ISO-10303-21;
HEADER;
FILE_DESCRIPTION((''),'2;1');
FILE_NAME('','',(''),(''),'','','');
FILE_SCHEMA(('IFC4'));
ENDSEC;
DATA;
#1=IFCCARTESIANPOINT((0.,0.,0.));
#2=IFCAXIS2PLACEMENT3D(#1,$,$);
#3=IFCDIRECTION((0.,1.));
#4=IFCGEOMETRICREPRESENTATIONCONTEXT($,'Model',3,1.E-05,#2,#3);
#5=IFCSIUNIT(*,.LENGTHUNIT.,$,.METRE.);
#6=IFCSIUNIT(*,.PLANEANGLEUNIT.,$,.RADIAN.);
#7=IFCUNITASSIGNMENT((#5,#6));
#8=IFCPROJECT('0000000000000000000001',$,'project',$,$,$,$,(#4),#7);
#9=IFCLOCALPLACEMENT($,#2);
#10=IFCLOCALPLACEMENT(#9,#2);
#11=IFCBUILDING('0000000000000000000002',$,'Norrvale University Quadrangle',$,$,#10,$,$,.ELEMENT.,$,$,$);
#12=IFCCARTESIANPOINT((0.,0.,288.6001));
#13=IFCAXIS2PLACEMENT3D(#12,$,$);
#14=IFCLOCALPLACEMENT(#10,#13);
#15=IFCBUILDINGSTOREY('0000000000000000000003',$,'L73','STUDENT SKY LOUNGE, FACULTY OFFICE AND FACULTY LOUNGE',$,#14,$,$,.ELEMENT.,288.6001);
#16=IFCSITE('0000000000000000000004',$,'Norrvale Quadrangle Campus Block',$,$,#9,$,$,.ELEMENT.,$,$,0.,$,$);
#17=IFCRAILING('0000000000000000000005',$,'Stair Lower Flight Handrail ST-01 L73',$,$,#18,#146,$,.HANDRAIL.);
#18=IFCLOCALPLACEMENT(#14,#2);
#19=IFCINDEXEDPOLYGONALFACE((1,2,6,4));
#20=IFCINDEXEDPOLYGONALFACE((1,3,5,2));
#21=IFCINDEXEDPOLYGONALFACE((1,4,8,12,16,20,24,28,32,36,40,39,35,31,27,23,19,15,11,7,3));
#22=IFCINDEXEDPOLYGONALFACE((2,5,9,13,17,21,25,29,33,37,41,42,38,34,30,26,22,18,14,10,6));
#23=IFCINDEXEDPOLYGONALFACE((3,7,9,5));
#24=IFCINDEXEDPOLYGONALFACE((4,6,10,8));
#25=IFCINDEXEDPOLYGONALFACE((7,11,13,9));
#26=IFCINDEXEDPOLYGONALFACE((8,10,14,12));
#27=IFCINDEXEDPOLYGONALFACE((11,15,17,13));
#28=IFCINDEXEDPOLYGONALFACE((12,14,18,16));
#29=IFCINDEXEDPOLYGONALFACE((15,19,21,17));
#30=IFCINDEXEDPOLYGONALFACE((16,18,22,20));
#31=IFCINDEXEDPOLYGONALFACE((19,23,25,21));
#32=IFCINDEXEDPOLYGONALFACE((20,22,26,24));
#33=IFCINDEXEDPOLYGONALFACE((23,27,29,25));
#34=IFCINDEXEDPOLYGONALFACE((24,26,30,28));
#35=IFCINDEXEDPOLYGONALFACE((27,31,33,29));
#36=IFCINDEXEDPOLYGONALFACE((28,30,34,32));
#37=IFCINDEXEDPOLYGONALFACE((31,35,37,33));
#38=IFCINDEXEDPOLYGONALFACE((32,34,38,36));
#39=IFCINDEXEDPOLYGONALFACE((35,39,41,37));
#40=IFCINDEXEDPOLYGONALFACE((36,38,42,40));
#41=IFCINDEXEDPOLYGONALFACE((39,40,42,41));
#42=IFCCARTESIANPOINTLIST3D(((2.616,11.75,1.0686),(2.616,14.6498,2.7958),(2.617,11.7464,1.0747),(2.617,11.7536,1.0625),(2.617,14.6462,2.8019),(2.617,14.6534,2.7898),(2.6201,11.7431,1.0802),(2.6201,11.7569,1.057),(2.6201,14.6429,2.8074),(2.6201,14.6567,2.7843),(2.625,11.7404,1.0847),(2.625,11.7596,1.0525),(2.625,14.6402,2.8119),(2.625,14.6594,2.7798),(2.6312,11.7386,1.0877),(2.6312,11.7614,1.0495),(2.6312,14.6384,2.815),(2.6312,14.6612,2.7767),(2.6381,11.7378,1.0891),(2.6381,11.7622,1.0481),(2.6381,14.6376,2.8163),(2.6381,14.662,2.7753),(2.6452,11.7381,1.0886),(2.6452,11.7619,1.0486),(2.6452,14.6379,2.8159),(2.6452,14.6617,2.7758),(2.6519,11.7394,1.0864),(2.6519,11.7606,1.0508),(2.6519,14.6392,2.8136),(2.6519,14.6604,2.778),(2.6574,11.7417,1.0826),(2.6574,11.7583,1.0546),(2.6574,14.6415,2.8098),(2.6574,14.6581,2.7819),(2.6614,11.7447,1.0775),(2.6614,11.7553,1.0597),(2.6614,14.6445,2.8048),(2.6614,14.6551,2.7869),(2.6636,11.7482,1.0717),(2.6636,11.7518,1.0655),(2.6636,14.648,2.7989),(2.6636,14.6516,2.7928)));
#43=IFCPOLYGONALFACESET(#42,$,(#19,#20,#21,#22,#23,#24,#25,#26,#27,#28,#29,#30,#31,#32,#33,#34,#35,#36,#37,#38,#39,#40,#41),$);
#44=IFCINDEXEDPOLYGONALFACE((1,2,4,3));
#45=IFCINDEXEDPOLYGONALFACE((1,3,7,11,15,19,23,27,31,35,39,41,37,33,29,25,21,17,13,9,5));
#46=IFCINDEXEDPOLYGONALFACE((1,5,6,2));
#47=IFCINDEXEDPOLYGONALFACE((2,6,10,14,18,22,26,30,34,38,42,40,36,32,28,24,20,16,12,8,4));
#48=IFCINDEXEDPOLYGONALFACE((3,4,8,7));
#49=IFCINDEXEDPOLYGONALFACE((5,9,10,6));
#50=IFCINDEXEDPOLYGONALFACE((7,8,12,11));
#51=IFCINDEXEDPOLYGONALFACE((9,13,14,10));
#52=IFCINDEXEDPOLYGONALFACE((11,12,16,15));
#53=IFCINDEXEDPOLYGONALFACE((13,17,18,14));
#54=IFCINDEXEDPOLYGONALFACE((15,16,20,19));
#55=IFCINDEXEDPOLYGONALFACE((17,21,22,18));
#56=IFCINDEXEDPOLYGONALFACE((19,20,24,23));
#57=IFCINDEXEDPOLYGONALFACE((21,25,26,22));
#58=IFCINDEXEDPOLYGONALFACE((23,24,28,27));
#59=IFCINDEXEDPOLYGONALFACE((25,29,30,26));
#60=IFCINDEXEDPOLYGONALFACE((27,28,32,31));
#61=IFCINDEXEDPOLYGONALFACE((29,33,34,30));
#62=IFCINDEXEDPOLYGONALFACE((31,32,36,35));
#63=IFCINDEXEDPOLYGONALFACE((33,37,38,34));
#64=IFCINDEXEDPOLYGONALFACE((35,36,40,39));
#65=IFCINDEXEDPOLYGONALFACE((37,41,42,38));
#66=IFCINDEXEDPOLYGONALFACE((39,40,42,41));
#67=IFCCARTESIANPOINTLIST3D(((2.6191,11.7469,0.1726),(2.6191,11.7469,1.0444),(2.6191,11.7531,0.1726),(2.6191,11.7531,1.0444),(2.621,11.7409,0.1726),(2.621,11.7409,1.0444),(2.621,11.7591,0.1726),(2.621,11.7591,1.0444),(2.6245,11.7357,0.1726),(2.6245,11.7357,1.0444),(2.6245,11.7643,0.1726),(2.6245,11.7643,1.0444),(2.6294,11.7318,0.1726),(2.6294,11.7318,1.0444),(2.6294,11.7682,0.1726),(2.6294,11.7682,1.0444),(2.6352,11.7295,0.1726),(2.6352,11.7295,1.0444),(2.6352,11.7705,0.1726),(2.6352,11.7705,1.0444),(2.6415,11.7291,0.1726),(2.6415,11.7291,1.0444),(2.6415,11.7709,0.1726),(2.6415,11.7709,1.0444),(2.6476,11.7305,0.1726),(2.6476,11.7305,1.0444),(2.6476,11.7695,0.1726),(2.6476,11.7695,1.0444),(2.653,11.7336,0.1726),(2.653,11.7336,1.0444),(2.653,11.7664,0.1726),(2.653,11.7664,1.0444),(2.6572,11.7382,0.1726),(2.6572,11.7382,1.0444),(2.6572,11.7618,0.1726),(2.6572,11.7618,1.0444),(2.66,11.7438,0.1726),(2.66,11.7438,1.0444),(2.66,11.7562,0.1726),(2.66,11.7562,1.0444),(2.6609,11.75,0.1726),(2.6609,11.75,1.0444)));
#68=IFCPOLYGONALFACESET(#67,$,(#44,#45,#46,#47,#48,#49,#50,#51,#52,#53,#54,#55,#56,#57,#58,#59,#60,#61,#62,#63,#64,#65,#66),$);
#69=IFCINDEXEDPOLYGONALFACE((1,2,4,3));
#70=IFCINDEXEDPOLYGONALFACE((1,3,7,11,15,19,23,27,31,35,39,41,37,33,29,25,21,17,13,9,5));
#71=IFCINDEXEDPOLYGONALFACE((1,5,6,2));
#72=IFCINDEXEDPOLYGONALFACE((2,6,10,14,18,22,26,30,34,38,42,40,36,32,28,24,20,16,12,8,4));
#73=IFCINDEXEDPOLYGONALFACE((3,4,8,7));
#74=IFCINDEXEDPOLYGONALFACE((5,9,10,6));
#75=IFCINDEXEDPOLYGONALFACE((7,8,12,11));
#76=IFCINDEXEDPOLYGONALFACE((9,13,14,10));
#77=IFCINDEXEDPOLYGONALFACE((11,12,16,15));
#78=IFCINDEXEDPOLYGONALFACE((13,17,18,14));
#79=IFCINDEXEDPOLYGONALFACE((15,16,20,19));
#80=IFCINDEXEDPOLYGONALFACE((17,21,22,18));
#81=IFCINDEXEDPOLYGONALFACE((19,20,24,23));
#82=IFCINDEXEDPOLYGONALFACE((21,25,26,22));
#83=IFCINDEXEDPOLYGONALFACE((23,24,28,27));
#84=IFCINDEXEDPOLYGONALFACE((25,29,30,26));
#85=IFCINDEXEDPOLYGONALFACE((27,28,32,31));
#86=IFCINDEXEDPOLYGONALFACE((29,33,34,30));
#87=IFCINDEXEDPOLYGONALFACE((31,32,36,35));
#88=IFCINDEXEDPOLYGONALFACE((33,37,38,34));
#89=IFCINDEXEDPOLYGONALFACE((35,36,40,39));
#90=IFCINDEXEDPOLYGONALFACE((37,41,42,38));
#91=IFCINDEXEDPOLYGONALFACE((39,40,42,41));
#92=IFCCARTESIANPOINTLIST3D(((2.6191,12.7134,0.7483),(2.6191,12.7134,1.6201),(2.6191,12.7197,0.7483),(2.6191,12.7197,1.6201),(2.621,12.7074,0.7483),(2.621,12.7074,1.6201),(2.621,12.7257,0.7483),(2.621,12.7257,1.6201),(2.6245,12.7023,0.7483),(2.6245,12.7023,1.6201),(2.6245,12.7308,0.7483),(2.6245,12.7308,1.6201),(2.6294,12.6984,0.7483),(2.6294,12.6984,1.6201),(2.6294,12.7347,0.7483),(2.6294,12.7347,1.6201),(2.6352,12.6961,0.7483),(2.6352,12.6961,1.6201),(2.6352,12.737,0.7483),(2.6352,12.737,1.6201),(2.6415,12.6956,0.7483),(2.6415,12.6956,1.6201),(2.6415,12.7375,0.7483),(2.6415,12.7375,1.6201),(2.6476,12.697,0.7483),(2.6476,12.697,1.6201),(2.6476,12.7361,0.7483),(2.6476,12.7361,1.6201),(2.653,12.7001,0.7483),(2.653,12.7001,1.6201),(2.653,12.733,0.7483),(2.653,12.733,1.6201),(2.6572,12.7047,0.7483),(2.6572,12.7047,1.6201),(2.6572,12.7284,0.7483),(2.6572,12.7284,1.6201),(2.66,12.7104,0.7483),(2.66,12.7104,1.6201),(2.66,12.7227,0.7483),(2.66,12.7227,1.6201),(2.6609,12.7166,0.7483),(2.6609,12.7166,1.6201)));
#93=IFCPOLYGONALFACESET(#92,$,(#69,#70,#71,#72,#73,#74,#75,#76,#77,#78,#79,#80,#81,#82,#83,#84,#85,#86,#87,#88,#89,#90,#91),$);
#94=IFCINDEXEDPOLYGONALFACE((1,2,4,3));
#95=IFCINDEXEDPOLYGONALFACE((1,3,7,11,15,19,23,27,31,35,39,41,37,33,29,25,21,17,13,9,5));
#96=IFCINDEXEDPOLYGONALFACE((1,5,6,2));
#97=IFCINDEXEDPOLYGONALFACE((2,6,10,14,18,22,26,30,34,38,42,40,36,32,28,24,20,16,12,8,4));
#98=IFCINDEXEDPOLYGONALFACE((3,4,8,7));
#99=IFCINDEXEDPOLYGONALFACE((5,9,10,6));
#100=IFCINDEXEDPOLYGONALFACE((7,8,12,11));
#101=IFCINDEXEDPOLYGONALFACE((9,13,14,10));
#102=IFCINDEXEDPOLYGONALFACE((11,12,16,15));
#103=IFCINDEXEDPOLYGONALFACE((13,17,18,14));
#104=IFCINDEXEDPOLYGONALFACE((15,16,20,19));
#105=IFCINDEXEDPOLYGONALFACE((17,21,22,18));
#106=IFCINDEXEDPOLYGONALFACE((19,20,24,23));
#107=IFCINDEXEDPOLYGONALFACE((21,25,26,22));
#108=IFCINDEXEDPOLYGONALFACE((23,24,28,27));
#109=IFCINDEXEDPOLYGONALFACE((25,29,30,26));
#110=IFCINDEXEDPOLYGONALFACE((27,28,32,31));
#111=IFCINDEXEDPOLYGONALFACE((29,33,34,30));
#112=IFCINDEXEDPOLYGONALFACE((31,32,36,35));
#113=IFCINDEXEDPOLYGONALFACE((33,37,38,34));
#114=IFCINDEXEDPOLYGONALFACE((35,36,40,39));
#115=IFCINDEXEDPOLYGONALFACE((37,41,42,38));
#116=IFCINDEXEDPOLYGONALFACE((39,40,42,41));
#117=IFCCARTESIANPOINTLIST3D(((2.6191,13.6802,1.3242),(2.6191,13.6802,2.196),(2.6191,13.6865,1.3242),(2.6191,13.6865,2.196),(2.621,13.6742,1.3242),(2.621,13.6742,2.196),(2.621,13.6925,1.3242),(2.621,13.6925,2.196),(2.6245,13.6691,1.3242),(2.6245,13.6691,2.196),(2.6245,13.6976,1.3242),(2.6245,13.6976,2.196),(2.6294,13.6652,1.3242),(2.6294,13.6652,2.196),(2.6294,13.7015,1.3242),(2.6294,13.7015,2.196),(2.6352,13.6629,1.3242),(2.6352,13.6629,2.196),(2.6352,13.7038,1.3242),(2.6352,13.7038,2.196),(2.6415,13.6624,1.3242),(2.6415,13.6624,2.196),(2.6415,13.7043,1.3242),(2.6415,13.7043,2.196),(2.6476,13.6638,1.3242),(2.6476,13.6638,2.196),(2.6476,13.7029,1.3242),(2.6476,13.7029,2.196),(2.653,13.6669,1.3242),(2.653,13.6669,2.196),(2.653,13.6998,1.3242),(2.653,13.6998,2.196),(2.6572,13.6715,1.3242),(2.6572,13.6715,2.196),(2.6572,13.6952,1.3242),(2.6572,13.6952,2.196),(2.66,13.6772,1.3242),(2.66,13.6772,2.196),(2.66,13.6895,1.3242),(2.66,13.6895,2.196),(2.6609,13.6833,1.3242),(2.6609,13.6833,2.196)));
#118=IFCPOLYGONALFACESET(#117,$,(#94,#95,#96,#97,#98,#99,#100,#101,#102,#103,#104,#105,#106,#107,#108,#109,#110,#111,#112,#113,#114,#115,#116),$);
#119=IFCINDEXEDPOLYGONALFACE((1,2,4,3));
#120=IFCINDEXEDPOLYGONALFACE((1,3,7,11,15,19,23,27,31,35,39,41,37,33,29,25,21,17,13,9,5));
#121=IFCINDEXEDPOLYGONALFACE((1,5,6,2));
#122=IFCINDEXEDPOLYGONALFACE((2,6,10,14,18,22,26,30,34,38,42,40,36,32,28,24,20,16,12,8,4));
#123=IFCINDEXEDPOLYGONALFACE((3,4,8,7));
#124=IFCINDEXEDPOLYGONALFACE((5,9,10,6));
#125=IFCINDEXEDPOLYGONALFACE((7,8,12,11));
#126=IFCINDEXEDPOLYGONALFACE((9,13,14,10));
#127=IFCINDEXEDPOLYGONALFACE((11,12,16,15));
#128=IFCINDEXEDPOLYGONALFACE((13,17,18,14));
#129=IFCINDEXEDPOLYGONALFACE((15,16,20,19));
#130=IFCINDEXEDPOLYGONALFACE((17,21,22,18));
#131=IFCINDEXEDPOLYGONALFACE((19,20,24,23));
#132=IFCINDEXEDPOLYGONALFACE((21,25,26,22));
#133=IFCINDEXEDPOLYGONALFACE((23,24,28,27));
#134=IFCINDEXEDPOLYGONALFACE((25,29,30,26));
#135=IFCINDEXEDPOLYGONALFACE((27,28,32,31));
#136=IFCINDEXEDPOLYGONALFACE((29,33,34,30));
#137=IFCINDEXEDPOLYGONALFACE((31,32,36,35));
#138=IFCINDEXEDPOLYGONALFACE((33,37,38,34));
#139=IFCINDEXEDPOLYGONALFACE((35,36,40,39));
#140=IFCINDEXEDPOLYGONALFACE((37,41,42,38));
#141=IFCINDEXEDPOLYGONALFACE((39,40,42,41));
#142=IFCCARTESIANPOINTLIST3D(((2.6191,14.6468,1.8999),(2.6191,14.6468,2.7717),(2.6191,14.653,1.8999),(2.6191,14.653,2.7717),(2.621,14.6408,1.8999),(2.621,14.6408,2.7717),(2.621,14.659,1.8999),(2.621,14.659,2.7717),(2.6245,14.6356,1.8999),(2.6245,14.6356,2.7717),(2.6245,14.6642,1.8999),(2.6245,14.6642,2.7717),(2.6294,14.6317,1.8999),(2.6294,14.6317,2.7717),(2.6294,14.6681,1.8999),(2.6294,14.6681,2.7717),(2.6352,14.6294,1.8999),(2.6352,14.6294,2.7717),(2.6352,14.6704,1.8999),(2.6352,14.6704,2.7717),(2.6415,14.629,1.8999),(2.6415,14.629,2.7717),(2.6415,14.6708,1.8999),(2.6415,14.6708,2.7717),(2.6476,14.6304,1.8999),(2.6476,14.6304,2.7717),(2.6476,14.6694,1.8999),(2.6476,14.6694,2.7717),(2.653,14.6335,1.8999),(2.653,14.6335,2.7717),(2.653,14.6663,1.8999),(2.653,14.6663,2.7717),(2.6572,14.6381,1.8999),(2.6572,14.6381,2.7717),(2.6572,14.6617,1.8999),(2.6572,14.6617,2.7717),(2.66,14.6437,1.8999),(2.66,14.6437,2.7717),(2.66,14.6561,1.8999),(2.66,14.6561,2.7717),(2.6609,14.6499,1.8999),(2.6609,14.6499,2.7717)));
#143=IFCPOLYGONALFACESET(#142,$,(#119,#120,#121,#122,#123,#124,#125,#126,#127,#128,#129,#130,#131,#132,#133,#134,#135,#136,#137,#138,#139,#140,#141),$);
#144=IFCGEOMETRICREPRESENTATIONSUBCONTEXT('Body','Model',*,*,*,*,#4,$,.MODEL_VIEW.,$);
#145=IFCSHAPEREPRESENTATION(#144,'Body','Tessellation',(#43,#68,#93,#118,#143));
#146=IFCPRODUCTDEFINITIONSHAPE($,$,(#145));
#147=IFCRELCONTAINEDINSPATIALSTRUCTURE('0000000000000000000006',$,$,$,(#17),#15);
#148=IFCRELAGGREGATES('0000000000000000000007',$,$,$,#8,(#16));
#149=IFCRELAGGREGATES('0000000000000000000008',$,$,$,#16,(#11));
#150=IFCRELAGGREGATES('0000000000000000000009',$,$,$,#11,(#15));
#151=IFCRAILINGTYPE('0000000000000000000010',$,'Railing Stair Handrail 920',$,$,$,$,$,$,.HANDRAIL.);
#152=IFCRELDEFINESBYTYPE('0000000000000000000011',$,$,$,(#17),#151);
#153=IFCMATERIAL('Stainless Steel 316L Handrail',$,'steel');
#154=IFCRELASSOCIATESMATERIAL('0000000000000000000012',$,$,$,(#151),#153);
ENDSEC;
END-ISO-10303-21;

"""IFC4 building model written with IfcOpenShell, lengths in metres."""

from ifc_helpers import new_model, si_unit, direction, frame, origin, origin_2d, place, context, subcontext, project, spatial, circle, extrude, material, type_object, element, save


model = new_model("IFC4")

# Units and contexts
model_context = context("Model", 3, precision=1e-05, world=origin(), true_north=direction((0.0, 1.0)))
body_context = subcontext(model_context, "Body", "Model", "MODEL_VIEW")
ifc_project = project(units=[si_unit("LENGTHUNIT", "METRE"), si_unit("PLANEANGLEUNIT", "RADIAN")], contexts=[model_context])

# Site, building, storey
site_placement = place(None, origin())
site = spatial("IfcSite", under=ifc_project, at=site_placement, Name="Norrvale Quadrangle Campus Block", CompositionType="ELEMENT", RefElevation=0.0)
building_placement = place(site_placement, origin())
building = spatial("IfcBuilding", under=site, at=building_placement, Name="Norrvale University Quadrangle", CompositionType="ELEMENT")
storey_placement = place(building_placement, frame((0.0, 0.0, 288.6001)))
storey = spatial("IfcBuildingStorey", under=building, at=storey_placement, Name="L73", Description="STUDENT SKY LOUNGE, FACULTY OFFICE AND FACULTY LOUNGE", CompositionType="ELEMENT", Elevation=288.6001)

# Railing
ifc_material_1 = material(Name="Stainless Steel 316L Handrail", Category="steel")
railing_type_1 = type_object("IfcRailingType", Name="Railing Stair Handrail 920", PredefinedType="HANDRAIL", material=ifc_material_1)
railing_1_placement = place(storey_placement, frame((2.6399, 11.75, 0.1726)))
element("IfcRailing", 1, at=railing_1_placement, inside=storey, type_object=railing_type_1, Name="Stair Lower Flight Handrail ST-01 L73", PredefinedType="HANDRAIL", context=body_context, shape_type="SweptSolid", body=[
    extrude(circle(Radius=0.0239, at=origin_2d()), frame((0.0, 0.0, 0.896), z_axis=(0.0, 0.859141, 0.511738), x_axis=(-1.0, 0.0, 0.0)), (0.0, 0.0, 1.0), 3.3752),
    extrude(circle(Radius=0.021, at=origin_2d()), origin(), (0.0, 0.0, 1.0), 0.8718),
    extrude(circle(Radius=0.021, at=origin_2d()), frame((0.0, 0.9666, 0.5757)), (0.0, 0.0, 1.0), 0.8718),
    extrude(circle(Radius=0.021, at=origin_2d()), frame((0.0, 1.9333, 1.1516)), (0.0, 0.0, 1.0), 0.8718),
    extrude(circle(Radius=0.021, at=origin_2d()), frame((0.0, 2.8999, 1.7273)), (0.0, 0.0, 1.0), 0.8718),
])

save(model, "model.ifc")
